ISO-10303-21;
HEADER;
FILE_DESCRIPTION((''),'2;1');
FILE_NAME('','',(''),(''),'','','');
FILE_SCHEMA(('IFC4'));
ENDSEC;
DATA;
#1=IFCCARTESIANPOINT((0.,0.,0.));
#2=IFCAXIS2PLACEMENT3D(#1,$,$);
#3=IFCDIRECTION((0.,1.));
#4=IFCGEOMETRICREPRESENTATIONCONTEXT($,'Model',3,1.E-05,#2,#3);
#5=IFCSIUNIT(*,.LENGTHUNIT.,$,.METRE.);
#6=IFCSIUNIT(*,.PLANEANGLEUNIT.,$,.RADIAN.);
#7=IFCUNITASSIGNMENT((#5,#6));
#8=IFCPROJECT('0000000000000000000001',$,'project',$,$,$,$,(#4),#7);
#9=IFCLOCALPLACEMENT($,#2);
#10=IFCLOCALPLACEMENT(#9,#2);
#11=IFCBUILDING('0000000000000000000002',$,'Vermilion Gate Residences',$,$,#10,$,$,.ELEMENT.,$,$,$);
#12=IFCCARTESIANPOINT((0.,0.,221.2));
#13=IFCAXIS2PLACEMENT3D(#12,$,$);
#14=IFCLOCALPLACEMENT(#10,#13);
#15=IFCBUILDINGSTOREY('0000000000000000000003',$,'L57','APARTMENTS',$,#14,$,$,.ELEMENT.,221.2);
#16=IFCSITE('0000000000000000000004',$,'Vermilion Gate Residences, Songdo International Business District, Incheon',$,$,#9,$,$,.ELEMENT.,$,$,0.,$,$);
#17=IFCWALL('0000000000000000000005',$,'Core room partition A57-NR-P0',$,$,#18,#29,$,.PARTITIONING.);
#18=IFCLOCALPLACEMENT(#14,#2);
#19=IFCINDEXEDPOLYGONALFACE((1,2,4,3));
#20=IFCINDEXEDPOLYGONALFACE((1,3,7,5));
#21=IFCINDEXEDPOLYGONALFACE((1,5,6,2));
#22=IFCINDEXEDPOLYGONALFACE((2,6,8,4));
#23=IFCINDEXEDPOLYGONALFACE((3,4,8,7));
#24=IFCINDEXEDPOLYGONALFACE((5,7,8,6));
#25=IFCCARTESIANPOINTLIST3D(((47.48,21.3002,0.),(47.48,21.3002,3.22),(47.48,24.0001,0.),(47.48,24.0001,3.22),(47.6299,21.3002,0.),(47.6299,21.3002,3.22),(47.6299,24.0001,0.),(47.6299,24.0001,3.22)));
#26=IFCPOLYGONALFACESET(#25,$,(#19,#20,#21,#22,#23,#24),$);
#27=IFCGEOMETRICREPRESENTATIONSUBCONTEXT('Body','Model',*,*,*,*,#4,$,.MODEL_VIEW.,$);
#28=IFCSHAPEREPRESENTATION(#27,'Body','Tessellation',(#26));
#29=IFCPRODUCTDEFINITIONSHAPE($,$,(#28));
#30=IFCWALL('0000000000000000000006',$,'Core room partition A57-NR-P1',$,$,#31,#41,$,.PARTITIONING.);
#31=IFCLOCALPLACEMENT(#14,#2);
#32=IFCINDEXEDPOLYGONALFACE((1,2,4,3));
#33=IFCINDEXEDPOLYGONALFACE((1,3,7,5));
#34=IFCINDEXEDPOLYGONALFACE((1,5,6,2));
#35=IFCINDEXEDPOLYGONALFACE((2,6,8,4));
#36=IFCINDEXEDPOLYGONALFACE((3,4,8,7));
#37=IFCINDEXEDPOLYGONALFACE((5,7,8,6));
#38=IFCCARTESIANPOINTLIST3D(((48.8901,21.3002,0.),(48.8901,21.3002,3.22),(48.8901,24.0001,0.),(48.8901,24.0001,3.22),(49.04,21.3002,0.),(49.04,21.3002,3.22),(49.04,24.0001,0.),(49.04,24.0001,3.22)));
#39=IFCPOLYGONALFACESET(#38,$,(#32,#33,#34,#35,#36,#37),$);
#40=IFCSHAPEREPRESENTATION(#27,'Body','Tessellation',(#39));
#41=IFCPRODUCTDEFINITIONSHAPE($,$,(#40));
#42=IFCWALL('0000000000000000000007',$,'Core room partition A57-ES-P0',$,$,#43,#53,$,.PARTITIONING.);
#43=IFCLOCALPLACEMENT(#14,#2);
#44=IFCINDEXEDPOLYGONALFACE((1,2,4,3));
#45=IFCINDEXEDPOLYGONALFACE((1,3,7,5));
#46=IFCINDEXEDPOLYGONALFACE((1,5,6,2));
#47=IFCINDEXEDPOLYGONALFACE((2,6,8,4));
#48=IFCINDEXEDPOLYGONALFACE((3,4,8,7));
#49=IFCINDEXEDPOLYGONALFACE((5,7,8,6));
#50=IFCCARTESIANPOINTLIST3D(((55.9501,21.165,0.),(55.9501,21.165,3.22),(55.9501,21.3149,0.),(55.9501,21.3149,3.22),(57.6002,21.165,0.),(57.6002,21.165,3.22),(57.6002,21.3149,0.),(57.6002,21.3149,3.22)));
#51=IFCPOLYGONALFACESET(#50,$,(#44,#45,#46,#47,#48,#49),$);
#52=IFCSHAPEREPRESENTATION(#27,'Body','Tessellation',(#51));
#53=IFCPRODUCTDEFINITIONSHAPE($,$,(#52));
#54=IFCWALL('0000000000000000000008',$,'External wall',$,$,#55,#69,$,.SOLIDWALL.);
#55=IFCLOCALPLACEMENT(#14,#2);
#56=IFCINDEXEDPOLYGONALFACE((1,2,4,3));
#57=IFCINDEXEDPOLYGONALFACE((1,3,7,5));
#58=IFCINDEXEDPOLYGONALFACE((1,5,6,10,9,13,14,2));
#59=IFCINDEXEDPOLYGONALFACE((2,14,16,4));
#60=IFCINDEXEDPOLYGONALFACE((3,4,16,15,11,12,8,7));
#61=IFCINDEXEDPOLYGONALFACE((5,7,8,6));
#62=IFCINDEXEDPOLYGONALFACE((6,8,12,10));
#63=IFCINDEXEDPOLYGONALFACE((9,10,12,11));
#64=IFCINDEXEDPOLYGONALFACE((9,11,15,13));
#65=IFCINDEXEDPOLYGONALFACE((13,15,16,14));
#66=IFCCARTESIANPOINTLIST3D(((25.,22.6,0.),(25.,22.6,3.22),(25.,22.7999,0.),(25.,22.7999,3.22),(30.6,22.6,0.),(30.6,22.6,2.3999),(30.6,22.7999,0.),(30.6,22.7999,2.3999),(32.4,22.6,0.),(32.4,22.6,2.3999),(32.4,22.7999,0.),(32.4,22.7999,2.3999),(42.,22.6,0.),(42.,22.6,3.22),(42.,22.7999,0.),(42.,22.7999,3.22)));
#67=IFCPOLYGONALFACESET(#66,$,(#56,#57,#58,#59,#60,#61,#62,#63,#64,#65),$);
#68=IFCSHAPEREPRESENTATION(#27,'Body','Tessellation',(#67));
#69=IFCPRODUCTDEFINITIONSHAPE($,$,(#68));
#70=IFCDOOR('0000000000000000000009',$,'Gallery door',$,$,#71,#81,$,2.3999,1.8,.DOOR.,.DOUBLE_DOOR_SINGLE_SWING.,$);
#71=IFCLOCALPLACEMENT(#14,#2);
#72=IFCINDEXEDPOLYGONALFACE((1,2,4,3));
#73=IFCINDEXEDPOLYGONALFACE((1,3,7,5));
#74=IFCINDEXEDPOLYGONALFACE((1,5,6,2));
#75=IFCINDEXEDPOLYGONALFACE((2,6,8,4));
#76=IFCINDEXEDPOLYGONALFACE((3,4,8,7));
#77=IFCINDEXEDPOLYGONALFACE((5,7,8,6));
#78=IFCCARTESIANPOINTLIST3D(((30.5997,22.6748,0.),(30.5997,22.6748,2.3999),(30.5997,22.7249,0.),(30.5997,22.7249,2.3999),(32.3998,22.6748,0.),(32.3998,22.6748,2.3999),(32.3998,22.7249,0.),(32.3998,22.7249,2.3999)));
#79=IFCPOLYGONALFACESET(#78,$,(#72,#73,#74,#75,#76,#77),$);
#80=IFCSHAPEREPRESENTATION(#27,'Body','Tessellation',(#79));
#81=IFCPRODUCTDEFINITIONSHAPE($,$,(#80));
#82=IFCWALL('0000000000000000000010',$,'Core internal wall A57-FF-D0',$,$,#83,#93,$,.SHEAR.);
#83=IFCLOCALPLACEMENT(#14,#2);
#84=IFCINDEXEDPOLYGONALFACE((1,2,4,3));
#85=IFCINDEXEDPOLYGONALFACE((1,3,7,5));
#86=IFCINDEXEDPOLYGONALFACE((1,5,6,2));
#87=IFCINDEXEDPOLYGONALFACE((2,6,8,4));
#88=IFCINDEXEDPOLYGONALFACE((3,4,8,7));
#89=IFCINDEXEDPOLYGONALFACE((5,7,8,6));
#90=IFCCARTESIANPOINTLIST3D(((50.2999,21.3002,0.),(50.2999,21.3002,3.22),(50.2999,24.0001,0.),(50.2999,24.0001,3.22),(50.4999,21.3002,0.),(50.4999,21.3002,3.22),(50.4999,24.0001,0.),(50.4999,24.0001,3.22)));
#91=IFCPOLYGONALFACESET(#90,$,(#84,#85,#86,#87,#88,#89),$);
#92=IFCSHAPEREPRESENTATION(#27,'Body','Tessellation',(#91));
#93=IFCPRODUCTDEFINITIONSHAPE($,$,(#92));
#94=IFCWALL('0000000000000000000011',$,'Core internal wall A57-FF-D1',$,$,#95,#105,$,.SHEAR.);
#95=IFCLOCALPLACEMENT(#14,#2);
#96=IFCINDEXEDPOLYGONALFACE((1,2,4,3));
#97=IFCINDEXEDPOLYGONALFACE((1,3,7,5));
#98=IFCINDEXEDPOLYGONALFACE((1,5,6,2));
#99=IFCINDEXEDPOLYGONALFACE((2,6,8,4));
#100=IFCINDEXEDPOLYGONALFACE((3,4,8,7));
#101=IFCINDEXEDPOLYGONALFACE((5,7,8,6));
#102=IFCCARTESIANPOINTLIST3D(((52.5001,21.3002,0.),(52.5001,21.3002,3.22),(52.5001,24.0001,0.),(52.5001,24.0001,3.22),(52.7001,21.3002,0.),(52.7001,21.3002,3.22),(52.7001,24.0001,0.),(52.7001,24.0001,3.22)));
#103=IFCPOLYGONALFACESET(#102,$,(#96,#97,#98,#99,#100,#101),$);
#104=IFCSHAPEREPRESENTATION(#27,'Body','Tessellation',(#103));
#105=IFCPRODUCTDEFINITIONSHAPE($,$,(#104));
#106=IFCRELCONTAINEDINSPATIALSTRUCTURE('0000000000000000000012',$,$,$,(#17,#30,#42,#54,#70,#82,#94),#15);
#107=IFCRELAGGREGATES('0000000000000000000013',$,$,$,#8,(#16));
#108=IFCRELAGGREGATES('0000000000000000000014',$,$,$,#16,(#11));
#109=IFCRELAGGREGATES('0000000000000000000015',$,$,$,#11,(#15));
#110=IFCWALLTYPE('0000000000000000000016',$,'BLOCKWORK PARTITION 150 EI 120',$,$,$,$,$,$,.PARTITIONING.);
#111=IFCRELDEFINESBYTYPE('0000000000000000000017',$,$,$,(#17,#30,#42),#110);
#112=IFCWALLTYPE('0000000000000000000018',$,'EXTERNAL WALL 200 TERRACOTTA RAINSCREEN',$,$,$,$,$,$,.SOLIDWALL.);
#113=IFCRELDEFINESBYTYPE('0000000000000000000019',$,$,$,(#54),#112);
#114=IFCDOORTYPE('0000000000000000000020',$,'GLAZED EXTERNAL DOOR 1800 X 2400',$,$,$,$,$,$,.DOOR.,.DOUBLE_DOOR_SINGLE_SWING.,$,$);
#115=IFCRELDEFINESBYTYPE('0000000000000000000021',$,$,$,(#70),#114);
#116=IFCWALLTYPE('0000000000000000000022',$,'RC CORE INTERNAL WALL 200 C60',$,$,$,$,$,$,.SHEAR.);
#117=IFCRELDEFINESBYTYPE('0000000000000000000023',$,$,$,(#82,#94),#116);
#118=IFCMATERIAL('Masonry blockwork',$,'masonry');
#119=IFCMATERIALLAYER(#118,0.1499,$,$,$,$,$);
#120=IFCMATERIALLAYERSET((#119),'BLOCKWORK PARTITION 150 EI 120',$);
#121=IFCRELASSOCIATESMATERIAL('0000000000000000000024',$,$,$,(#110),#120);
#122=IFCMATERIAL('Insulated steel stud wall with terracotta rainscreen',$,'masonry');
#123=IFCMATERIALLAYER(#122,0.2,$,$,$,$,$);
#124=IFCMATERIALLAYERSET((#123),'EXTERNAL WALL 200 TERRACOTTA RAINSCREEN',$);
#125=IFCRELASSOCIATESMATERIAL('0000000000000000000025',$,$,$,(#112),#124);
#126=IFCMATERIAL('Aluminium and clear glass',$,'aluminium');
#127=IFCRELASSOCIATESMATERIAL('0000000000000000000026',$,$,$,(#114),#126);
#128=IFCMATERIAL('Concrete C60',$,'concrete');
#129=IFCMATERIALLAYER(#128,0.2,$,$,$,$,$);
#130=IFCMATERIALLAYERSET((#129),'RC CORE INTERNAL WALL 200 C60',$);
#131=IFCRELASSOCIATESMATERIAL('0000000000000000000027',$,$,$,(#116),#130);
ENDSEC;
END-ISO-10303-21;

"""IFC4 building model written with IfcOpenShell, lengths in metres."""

from ifc_helpers import new_model, si_unit, direction, frame, frame_2d, origin, place, context, subcontext, project, spatial, rectangle, extrude, material, layer, layer_set, type_object, element, fill, save


model = new_model("IFC4")

# Units and contexts
model_context = context("Model", 3, precision=1e-05, world=origin(), true_north=direction((0.0, 1.0)))
body_context = subcontext(model_context, "Body", "Model", "MODEL_VIEW")
ifc_project = project(units=[si_unit("LENGTHUNIT", "METRE"), si_unit("PLANEANGLEUNIT", "RADIAN")], contexts=[model_context])

# Site, building, storey
site_placement = place(None, origin())
site = spatial("IfcSite", under=ifc_project, at=site_placement, Name="Vermilion Gate Residences, Songdo International Business District, Incheon", CompositionType="ELEMENT", RefElevation=0.0)
building_placement = place(site_placement, origin())
building = spatial("IfcBuilding", under=site, at=building_placement, Name="Vermilion Gate Residences", CompositionType="ELEMENT")
storey_placement = place(building_placement, frame((0.0, 0.0, 221.2)))
storey = spatial("IfcBuildingStorey", under=building, at=storey_placement, Name="L57", Description="APARTMENTS", CompositionType="ELEMENT", Elevation=221.2)

# Walls
ifc_material_1 = material(Name="Masonry blockwork", Category="masonry")
ifc_layer_1 = layer(ifc_material_1, 0.1499)
ifc_layer_set_1 = layer_set([ifc_layer_1], Name="BLOCKWORK PARTITION 150 EI 120")
wall_type_1 = type_object("IfcWallType", Name="BLOCKWORK PARTITION 150 EI 120", PredefinedType="PARTITIONING", material=ifc_layer_set_1)
for number, where, z_axis, x_axis, name in (
    (1, (47.5549, 21.3, 0.0), (0.0, 0.0, 1.0), (0.0, 1.0, 0.0), "Core room partition A57-NR-P0"),
    (2, (48.9651, 21.3, 0.0), (0.0, 0.0, 1.0), (0.0, 1.0, 0.0), "Core room partition A57-NR-P1"),
):
    element("IfcWall", number, at=place(storey_placement, frame(where, z_axis=z_axis, x_axis=x_axis)), inside=storey, type_object=wall_type_1, Name=name, PredefinedType="PARTITIONING", context=body_context, shape_type="SweptSolid", body=[
        extrude(rectangle(XDim=2.7, YDim=0.1499, at=frame_2d((1.3501, 0.0))), origin(), (0.0, 0.0, 1.0), 3.22),
    ])
wall_1_placement = place(storey_placement, frame((55.95, 21.24, 0.0), z_axis=(0.0, 0.0, 1.0), x_axis=(1.0, 0.0, 0.0)))
element("IfcWall", 3, at=wall_1_placement, inside=storey, type_object=wall_type_1, Name="Core room partition A57-ES-P0", PredefinedType="PARTITIONING", context=body_context, shape_type="SweptSolid", body=[
    extrude(rectangle(XDim=1.6501, YDim=0.1499, at=frame_2d((0.8252, 0.0))), origin(), (0.0, 0.0, 1.0), 3.22),
])

# Wall, opening, door
ifc_material_2 = material(Name="Insulated steel stud wall with terracotta rainscreen", Category="masonry")
ifc_layer_2 = layer(ifc_material_2, 0.2)
ifc_layer_set_2 = layer_set([ifc_layer_2], Name="EXTERNAL WALL 200 TERRACOTTA RAINSCREEN")
wall_type_2 = type_object("IfcWallType", Name="EXTERNAL WALL 200 TERRACOTTA RAINSCREEN", PredefinedType="SOLIDWALL", material=ifc_layer_set_2)
wall_2_placement = place(storey_placement, frame((42.0, 22.7, 0.0), z_axis=(0.0, 0.0, 1.0), x_axis=(-1.0, 0.0, 0.0)))
wall_2 = element("IfcWall", 4, at=wall_2_placement, inside=storey, type_object=wall_type_2, Name="External wall", PredefinedType="SOLIDWALL", context=body_context, shape_type="SweptSolid", body=[
    extrude(rectangle(XDim=17.0, YDim=0.2, at=frame_2d((8.5, 0.0))), origin(), (0.0, 0.0, 1.0), 3.22),
])
opening_1_placement = place(wall_2_placement, frame((9.6001, 0.0, 0.0)))
opening_1 = element("IfcOpeningElement", 5, at=opening_1_placement, cuts=wall_2, PredefinedType="OPENING", context=body_context, shape_type="SweptSolid", body=[
    extrude(rectangle(XDim=1.8, YDim=2.3999, at=frame_2d((0.8999, 1.2))), frame((0.0, 0.1099, 0.0), z_axis=(0.0, -1.0, 0.0), x_axis=(1.0, 0.0, 0.0)), (0.0, 0.0, 1.0), 0.22),
])
ifc_material_3 = material(Name="Aluminium and clear glass", Category="aluminium")
door_type_1 = type_object("IfcDoorType", Name="GLAZED EXTERNAL DOOR 1800 X 2400", OperationType="DOUBLE_DOOR_SINGLE_SWING", PredefinedType="DOOR", material=ifc_material_3)
door_1_placement = place(opening_1_placement, frame((1.8, 0.0, 0.0), z_axis=(0.0, 0.0, 1.0), x_axis=(-1.0, 0.0, 0.0)))
door_1 = element("IfcDoor", 6, at=door_1_placement, inside=storey, type_object=door_type_1, Name="Gallery door", OperationType="DOUBLE_DOOR_SINGLE_SWING", OverallHeight=2.3999, OverallWidth=1.8, PredefinedType="DOOR", context=body_context, shape_type="SweptSolid", body=[
    extrude(rectangle(XDim=1.8, YDim=2.3999, at=frame_2d((0.8999, 1.2))), frame((0.0, 0.0249, 0.0), z_axis=(0.0, -1.0, 0.0), x_axis=(1.0, 0.0, 0.0)), (0.0, 0.0, 1.0), 0.05),
])
fill(opening_1, door_1)

# Walls
ifc_material_4 = material(Name="Concrete C60", Category="concrete")
ifc_layer_3 = layer(ifc_material_4, 0.2)
ifc_layer_set_3 = layer_set([ifc_layer_3], Name="RC CORE INTERNAL WALL 200 C60")
wall_type_3 = type_object("IfcWallType", Name="RC CORE INTERNAL WALL 200 C60", PredefinedType="SHEAR", material=ifc_layer_set_3)
for number, where, z_axis, x_axis, name in (
    (7, (50.3999, 21.3, 0.0), (0.0, 0.0, 1.0), (0.0, 1.0, 0.0), "Core internal wall A57-FF-D0"),
    (8, (52.6001, 21.3, 0.0), (0.0, 0.0, 1.0), (0.0, 1.0, 0.0), "Core internal wall A57-FF-D1"),
):
    element("IfcWall", number, at=place(storey_placement, frame(where, z_axis=z_axis, x_axis=x_axis)), inside=storey, type_object=wall_type_3, Name=name, PredefinedType="SHEAR", context=body_context, shape_type="SweptSolid", body=[
        extrude(rectangle(XDim=2.7, YDim=0.2, at=frame_2d((1.3501, 0.0))), origin(), (0.0, 0.0, 1.0), 3.22),
    ])

save(model, "model.ifc")
